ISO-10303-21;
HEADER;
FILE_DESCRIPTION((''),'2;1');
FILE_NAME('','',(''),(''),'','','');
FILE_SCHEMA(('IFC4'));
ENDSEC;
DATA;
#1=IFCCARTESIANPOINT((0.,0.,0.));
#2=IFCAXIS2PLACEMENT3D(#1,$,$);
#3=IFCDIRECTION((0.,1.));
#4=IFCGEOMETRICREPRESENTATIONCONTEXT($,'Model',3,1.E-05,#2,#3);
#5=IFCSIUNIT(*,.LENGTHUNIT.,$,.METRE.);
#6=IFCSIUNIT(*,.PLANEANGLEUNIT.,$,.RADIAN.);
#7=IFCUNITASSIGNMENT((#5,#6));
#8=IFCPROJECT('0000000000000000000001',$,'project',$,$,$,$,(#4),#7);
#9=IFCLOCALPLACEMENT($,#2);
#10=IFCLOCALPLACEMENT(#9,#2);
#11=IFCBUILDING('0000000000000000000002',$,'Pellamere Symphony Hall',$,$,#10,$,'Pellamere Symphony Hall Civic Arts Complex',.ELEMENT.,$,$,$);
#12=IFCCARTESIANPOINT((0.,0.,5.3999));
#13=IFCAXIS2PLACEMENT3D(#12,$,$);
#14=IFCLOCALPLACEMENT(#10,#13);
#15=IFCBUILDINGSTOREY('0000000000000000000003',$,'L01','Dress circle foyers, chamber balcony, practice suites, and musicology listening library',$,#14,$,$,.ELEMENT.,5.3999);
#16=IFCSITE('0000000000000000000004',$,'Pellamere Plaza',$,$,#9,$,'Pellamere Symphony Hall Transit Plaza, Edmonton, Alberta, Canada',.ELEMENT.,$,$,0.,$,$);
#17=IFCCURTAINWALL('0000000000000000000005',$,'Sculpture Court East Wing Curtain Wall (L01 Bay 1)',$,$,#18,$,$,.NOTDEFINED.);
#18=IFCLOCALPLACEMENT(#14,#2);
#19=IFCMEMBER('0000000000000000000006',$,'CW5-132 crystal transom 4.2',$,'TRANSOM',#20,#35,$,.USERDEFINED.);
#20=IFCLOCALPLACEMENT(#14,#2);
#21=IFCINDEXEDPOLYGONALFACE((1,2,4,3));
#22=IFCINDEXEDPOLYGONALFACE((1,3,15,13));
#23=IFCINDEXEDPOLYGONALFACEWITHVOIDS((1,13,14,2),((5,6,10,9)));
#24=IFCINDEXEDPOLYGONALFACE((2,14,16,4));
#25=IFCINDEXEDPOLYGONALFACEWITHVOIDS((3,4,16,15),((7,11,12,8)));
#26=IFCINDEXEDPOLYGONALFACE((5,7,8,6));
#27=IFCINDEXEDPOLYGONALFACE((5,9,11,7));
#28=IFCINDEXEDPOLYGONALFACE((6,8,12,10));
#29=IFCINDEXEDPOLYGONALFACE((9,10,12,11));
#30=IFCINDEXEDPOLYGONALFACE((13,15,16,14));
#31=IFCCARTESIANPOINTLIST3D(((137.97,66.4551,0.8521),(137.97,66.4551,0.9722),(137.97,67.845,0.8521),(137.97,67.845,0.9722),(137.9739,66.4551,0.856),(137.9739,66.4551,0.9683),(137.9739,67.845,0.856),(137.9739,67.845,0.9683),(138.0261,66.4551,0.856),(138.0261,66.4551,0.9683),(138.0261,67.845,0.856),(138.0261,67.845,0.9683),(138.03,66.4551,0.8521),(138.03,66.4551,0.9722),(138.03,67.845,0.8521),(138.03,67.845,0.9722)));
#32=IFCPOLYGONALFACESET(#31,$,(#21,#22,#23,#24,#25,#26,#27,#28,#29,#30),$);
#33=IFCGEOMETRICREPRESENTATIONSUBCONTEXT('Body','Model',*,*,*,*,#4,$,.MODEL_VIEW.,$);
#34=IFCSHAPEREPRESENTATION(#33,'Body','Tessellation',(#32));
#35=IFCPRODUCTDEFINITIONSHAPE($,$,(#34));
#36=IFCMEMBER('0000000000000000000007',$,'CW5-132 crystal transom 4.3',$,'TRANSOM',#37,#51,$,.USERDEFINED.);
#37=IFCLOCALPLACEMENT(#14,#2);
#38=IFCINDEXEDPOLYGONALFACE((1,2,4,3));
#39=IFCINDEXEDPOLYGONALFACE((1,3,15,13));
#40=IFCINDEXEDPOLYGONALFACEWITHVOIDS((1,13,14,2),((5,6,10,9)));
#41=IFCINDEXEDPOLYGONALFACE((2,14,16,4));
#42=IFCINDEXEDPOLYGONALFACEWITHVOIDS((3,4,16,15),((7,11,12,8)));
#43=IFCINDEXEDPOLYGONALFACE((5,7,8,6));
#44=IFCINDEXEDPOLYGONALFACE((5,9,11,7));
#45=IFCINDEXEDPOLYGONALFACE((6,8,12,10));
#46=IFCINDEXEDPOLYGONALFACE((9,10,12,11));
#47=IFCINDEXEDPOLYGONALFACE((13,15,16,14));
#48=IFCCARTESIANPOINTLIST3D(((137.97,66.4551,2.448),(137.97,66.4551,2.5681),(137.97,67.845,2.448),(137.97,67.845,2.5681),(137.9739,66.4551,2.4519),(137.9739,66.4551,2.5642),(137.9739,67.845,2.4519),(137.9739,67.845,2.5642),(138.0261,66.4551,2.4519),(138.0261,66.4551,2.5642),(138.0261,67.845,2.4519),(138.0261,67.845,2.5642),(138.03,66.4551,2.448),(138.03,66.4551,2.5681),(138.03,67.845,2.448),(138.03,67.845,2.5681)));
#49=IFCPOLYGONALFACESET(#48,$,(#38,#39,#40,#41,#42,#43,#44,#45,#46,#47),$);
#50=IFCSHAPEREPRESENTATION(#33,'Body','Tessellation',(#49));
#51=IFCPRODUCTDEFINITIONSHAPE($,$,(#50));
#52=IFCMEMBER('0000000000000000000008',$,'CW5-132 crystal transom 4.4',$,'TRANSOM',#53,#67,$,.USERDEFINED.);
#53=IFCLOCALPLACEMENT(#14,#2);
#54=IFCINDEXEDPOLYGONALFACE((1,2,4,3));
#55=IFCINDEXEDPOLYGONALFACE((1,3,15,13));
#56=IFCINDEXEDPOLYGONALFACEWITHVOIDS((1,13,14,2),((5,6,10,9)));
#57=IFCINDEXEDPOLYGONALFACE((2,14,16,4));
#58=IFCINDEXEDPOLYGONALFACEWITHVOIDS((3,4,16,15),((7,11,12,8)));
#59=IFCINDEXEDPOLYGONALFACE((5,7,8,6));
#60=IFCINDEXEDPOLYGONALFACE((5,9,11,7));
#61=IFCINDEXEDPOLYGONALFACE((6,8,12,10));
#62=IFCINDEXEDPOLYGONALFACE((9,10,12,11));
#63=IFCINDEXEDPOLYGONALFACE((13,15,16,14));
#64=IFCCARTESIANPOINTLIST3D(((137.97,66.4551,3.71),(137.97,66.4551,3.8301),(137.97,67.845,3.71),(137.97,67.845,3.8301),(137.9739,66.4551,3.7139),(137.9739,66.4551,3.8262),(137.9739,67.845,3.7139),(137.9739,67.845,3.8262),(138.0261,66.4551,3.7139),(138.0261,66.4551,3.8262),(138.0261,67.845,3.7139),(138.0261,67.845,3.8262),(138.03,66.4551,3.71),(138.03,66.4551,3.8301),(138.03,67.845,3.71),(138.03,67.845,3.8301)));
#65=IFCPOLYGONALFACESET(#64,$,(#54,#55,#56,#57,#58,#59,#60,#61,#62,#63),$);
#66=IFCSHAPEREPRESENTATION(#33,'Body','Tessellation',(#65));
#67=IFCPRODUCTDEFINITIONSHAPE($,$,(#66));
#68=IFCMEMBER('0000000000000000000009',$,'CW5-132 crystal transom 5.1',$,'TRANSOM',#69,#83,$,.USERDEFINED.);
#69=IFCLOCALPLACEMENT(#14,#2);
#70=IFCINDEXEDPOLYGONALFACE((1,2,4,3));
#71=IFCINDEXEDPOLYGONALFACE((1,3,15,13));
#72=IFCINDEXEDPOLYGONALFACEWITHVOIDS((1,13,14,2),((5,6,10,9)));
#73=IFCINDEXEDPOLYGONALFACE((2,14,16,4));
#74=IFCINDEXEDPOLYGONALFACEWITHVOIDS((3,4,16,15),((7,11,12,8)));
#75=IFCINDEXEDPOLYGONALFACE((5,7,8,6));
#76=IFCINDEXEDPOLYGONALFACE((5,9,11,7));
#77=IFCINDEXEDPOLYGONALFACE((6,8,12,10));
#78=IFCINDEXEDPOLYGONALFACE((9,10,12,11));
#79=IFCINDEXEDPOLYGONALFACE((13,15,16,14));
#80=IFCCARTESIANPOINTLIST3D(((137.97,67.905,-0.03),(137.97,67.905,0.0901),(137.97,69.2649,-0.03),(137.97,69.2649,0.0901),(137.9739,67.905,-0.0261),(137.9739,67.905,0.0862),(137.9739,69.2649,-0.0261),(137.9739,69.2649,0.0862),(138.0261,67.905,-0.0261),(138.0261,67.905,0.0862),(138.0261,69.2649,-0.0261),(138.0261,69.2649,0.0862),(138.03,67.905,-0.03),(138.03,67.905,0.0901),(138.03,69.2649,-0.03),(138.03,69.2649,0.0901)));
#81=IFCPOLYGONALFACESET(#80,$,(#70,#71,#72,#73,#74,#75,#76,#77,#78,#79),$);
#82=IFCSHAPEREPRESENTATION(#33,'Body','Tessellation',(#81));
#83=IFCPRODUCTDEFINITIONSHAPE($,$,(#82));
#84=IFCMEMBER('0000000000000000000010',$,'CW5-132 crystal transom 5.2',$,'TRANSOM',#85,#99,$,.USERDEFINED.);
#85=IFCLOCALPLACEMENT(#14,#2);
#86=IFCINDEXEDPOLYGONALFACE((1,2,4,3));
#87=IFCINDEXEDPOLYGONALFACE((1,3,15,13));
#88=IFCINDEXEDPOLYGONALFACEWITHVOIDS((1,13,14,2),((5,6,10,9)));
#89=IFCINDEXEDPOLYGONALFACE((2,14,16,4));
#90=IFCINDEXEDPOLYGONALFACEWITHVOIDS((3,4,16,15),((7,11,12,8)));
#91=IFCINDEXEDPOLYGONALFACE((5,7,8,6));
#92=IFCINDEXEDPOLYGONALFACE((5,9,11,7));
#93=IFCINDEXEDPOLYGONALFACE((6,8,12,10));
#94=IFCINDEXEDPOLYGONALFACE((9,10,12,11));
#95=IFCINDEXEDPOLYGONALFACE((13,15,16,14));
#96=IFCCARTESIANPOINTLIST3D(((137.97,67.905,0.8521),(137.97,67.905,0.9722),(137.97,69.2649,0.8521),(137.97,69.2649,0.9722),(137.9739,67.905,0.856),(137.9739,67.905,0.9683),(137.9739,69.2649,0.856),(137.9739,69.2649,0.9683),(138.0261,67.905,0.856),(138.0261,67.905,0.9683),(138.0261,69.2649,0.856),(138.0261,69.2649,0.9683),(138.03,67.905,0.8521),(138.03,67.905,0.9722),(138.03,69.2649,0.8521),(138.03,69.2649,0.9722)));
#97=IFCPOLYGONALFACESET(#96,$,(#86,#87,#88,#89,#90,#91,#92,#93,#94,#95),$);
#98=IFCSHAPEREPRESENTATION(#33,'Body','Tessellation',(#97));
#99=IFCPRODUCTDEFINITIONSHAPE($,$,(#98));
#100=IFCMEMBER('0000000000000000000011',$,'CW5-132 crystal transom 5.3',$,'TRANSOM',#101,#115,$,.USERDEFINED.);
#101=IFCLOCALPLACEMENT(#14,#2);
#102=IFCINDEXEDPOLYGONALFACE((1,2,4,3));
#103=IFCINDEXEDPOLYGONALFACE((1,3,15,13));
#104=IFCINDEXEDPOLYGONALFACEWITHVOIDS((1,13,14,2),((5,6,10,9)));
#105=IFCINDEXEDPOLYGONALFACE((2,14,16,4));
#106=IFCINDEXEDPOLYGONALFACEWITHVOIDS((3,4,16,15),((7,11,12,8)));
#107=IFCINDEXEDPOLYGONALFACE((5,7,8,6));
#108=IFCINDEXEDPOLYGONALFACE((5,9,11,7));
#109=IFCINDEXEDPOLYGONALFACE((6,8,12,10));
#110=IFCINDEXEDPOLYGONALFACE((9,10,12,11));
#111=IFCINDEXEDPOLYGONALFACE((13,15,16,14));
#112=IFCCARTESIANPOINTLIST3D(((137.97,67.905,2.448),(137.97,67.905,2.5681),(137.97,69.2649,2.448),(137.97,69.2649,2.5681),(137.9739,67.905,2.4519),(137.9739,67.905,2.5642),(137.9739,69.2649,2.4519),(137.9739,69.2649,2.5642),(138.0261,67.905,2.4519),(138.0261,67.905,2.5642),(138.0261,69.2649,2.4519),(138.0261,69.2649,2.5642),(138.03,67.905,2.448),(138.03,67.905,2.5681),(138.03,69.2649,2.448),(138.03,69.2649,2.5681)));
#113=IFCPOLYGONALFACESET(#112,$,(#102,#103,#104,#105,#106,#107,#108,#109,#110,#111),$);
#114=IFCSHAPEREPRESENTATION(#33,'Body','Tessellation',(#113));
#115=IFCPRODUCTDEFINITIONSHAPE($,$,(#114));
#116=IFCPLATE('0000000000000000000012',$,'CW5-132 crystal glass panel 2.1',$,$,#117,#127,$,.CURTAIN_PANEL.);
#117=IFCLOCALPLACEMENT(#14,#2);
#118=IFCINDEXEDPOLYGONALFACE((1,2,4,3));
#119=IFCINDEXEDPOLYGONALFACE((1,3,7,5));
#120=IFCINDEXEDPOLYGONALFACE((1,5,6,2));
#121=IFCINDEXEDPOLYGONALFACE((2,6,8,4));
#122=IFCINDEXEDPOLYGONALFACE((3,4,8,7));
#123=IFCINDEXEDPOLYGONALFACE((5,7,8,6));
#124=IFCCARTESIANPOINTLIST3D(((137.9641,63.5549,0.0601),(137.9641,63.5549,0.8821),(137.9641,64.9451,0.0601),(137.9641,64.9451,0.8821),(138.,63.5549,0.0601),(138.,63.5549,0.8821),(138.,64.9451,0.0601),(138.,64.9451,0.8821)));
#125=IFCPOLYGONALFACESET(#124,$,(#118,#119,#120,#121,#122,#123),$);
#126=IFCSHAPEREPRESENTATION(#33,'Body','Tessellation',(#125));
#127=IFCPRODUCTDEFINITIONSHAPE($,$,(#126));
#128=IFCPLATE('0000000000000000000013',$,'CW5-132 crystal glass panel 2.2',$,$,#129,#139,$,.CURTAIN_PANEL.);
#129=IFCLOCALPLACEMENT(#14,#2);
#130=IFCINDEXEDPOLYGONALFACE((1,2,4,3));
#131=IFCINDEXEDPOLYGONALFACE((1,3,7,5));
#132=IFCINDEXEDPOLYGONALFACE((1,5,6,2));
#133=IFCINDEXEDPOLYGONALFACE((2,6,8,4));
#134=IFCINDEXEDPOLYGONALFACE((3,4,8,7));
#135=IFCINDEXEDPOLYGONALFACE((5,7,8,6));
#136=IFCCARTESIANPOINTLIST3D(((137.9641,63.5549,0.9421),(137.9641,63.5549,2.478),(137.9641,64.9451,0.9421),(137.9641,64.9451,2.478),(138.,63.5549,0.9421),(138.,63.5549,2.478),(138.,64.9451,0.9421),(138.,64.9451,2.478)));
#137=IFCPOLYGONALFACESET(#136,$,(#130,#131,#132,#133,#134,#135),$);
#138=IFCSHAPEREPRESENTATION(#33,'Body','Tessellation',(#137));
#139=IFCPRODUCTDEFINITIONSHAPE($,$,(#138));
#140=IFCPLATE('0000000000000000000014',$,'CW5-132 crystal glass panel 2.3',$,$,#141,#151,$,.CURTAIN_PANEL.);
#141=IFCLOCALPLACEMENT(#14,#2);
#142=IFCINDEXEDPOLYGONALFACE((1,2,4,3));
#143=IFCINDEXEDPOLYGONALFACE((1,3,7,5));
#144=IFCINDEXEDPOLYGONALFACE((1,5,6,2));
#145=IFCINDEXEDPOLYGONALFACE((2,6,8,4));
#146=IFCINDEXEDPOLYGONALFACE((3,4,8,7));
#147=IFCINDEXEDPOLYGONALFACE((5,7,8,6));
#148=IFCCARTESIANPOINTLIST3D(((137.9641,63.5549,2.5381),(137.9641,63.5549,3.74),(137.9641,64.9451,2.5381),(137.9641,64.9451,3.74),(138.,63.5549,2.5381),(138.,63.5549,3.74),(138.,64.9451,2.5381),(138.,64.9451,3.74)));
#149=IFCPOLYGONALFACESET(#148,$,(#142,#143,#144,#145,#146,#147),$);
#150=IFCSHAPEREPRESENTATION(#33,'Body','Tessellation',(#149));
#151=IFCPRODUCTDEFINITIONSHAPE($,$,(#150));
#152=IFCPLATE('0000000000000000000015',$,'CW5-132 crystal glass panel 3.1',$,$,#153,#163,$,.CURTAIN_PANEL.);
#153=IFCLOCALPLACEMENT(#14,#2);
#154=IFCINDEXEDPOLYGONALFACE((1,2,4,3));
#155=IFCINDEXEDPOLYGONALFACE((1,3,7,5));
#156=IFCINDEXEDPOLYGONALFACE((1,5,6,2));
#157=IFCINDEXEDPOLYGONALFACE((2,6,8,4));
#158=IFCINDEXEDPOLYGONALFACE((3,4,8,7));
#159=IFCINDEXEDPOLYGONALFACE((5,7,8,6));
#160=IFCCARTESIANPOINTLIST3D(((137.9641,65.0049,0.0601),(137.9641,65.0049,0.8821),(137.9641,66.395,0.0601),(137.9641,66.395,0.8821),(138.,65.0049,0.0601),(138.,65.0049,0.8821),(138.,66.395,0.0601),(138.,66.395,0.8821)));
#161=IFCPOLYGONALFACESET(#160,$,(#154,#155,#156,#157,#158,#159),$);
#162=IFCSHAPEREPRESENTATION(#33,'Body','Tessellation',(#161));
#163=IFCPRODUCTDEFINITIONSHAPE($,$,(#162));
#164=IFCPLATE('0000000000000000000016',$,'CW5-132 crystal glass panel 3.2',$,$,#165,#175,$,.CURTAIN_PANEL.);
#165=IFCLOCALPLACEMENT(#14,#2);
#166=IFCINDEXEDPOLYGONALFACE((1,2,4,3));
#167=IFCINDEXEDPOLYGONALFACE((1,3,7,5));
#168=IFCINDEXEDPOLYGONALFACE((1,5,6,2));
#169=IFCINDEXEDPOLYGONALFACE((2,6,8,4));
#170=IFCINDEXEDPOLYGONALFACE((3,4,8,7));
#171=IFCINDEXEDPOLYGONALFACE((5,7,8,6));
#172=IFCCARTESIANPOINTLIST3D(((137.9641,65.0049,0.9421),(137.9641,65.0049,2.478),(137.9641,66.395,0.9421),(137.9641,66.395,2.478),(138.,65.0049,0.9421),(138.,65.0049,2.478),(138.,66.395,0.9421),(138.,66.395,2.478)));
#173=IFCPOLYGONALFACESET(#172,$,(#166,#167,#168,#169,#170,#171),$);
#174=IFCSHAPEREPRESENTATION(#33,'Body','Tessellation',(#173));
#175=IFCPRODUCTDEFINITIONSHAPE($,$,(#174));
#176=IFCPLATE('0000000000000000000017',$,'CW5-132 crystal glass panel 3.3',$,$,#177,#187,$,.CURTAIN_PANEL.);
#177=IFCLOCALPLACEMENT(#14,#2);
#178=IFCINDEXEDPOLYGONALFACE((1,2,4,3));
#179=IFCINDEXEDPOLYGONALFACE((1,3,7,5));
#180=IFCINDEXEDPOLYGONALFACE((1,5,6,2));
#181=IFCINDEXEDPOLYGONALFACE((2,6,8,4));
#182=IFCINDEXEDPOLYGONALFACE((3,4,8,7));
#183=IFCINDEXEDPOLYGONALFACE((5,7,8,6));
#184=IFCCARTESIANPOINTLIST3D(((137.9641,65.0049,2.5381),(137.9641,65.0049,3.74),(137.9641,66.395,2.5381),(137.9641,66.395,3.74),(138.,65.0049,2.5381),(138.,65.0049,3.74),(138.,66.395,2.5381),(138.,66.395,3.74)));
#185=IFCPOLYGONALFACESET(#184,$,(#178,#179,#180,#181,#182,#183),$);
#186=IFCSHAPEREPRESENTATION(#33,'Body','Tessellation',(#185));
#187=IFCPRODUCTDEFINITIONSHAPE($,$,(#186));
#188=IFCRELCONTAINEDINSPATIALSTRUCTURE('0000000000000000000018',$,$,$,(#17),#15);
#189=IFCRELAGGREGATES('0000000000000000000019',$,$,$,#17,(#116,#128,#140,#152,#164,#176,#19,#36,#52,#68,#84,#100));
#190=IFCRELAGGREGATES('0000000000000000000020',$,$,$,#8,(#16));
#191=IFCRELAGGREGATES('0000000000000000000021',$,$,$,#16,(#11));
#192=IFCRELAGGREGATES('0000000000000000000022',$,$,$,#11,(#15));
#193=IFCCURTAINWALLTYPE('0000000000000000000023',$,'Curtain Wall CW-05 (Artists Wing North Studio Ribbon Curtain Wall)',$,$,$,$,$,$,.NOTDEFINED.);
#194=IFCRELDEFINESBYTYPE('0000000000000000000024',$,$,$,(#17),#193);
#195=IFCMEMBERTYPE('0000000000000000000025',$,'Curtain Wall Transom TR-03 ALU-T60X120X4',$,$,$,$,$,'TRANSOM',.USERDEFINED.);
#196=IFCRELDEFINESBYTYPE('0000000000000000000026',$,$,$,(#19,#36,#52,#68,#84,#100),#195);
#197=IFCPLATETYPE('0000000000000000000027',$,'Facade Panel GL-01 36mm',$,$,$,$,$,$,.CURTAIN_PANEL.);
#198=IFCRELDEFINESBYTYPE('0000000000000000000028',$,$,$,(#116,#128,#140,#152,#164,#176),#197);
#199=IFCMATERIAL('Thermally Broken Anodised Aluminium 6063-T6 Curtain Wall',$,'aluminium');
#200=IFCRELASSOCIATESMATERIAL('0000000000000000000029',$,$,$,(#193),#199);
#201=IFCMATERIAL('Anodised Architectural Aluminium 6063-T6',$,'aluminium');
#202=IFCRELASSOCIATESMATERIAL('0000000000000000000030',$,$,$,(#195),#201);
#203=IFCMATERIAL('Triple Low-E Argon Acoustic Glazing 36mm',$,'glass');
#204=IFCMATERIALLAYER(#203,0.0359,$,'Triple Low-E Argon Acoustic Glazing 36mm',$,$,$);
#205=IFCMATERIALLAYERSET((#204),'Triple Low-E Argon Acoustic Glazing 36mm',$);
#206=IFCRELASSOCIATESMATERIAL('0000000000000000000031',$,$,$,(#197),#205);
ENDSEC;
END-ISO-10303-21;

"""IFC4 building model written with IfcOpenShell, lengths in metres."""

from ifc_helpers import new_model, si_unit, direction, frame, origin, origin_2d, place, context, subcontext, project, spatial, polyline, hollow_rectangle, outline, extrude, material, layer, layer_set, material_profile, profile_set, type_object, element, aggregate, save


model = new_model("IFC4")

# Units and contexts
model_context = context("Model", 3, precision=1e-05, world=origin(), true_north=direction((0.0, 1.0)))
body_context = subcontext(model_context, "Body", "Model", "MODEL_VIEW")
ifc_project = project(units=[si_unit("LENGTHUNIT", "METRE"), si_unit("PLANEANGLEUNIT", "RADIAN")], contexts=[model_context])

# Site, building, storey
site_placement = place(None, origin())
site = spatial("IfcSite", under=ifc_project, at=site_placement, Name="Pellamere Plaza", LongName="Pellamere Symphony Hall Transit Plaza, Edmonton, Alberta, Canada", CompositionType="ELEMENT", RefElevation=0.0)
building_placement = place(site_placement, origin())
building = spatial("IfcBuilding", under=site, at=building_placement, Name="Pellamere Symphony Hall", LongName="Pellamere Symphony Hall Civic Arts Complex", CompositionType="ELEMENT")
storey_placement = place(building_placement, frame((0.0, 0.0, 5.3999)))
storey = spatial("IfcBuildingStorey", under=building, at=storey_placement, Name="L01", Description="Dress circle foyers, chamber balcony, practice suites, and musicology listening library", CompositionType="ELEMENT", Elevation=5.3999)

# Curtain wall
ifc_material_1 = material(Name="Thermally Broken Anodised Aluminium 6063-T6 Curtain Wall", Category="aluminium")
curtain_wall_type_1 = type_object("IfcCurtainWallType", Name="Curtain Wall CW-05 (Artists Wing North Studio Ribbon Curtain Wall)", PredefinedType="NOTDEFINED", material=ifc_material_1)
curtain_wall_1_placement = place(storey_placement, origin())
curtain_wall_1 = element("IfcCurtainWall", 1, at=curtain_wall_1_placement, inside=storey, type_object=curtain_wall_type_1, Name="Sculpture Court East Wing Curtain Wall (L01 Bay 1)", PredefinedType="NOTDEFINED")
ifc_material_2 = material(Name="Anodised Architectural Aluminium 6063-T6", Category="aluminium")

# Members
ifc_material_profile_1 = material_profile(ifc_material_2, hollow_rectangle(XDim=0.0601, YDim=0.1201, WallThickness=0.0039, at=origin_2d()), Name="ALU-T60X120X4")
ifc_profile_set_1 = profile_set([ifc_material_profile_1], Name="Anodised Architectural Aluminium 6063-T6")
member_type_1 = type_object("IfcMemberType", Name="Curtain Wall Transom TR-03 ALU-T60X120X4", ElementType="TRANSOM", PredefinedType="USERDEFINED", material=ifc_profile_set_1)
member_1_placement = place(storey_placement, frame((138.0, 66.4551, 0.9121), z_axis=(0.0, 1.0, 0.0), x_axis=(-1.0, 0.0, 0.0)))
member_1 = element("IfcMember", 2, at=member_1_placement, type_object=member_type_1, Name="CW5-132 crystal transom 4.2", ObjectType="TRANSOM", PredefinedType="USERDEFINED", context=body_context, shape_type="SweptSolid", body=[
    extrude(hollow_rectangle(XDim=0.0601, YDim=0.1201, WallThickness=0.0039, at=origin_2d()), origin(), (0.0, 0.0, 1.0), 1.3899),
])
member_2_placement = place(storey_placement, frame((138.0, 66.4551, 2.5081), z_axis=(0.0, 1.0, 0.0), x_axis=(-1.0, 0.0, 0.0)))
member_2 = element("IfcMember", 3, at=member_2_placement, type_object=member_type_1, Name="CW5-132 crystal transom 4.3", ObjectType="TRANSOM", PredefinedType="USERDEFINED", context=body_context, shape_type="SweptSolid", body=[
    extrude(hollow_rectangle(XDim=0.0601, YDim=0.1201, WallThickness=0.0039, at=origin_2d()), origin(), (0.0, 0.0, 1.0), 1.3899),
])
member_3_placement = place(storey_placement, frame((138.0, 66.4551, 3.77), z_axis=(0.0, 1.0, 0.0), x_axis=(-1.0, 0.0, 0.0)))
member_3 = element("IfcMember", 4, at=member_3_placement, type_object=member_type_1, Name="CW5-132 crystal transom 4.4", ObjectType="TRANSOM", PredefinedType="USERDEFINED", context=body_context, shape_type="SweptSolid", body=[
    extrude(hollow_rectangle(XDim=0.0601, YDim=0.1201, WallThickness=0.0039, at=origin_2d()), origin(), (0.0, 0.0, 1.0), 1.3899),
])
member_4_placement = place(storey_placement, frame((138.0, 67.905, 0.03), z_axis=(0.0, 1.0, 0.0), x_axis=(-1.0, 0.0, 0.0)))
member_4 = element("IfcMember", 5, at=member_4_placement, type_object=member_type_1, Name="CW5-132 crystal transom 5.1", ObjectType="TRANSOM", PredefinedType="USERDEFINED", context=body_context, shape_type="SweptSolid", body=[
    extrude(hollow_rectangle(XDim=0.0601, YDim=0.1201, WallThickness=0.0039, at=origin_2d()), origin(), (0.0, 0.0, 1.0), 1.3599),
])
member_5_placement = place(storey_placement, frame((138.0, 67.905, 0.9121), z_axis=(0.0, 1.0, 0.0), x_axis=(-1.0, 0.0, 0.0)))
member_5 = element("IfcMember", 6, at=member_5_placement, type_object=member_type_1, Name="CW5-132 crystal transom 5.2", ObjectType="TRANSOM", PredefinedType="USERDEFINED", context=body_context, shape_type="SweptSolid", body=[
    extrude(hollow_rectangle(XDim=0.0601, YDim=0.1201, WallThickness=0.0039, at=origin_2d()), origin(), (0.0, 0.0, 1.0), 1.3599),
])
member_6_placement = place(storey_placement, frame((138.0, 67.905, 2.5081), z_axis=(0.0, 1.0, 0.0), x_axis=(-1.0, 0.0, 0.0)))
member_6 = element("IfcMember", 7, at=member_6_placement, type_object=member_type_1, Name="CW5-132 crystal transom 5.3", ObjectType="TRANSOM", PredefinedType="USERDEFINED", context=body_context, shape_type="SweptSolid", body=[
    extrude(hollow_rectangle(XDim=0.0601, YDim=0.1201, WallThickness=0.0039, at=origin_2d()), origin(), (0.0, 0.0, 1.0), 1.3599),
])

# Plates
ifc_material_3 = material(Name="Triple Low-E Argon Acoustic Glazing 36mm", Category="glass")
ifc_layer_1 = layer(ifc_material_3, 0.0359, Name="Triple Low-E Argon Acoustic Glazing 36mm")
ifc_layer_set_1 = layer_set([ifc_layer_1], Name="Triple Low-E Argon Acoustic Glazing 36mm")
plate_type_1 = type_object("IfcPlateType", Name="Facade Panel GL-01 36mm", PredefinedType="CURTAIN_PANEL", material=ifc_layer_set_1)
plate_1_placement = place(storey_placement, frame((138.0, 63.5549, 0.0601), z_axis=(1.0, 0.0, 0.0), x_axis=(0.0, 1.0, 0.0)))
plate_1 = element("IfcPlate", 8, at=plate_1_placement, type_object=plate_type_1, Name="CW5-132 crystal glass panel 2.1", PredefinedType="CURTAIN_PANEL", context=body_context, shape_type="SweptSolid", body=[
    extrude(outline(polyline([(0.0, 0.0), (1.3901, 0.0), (1.3901, 0.822), (0.0, 0.822), (0.0, 0.0)])), origin(), (0.0, 0.0, -1.0), 0.0359),
])
plate_2_placement = place(storey_placement, frame((138.0, 63.5549, 0.9421), z_axis=(1.0, 0.0, 0.0), x_axis=(0.0, 1.0, 0.0)))
plate_2 = element("IfcPlate", 9, at=plate_2_placement, type_object=plate_type_1, Name="CW5-132 crystal glass panel 2.2", PredefinedType="CURTAIN_PANEL", context=body_context, shape_type="SweptSolid", body=[
    extrude(outline(polyline([(0.0, 0.0), (1.3901, 0.0), (1.3901, 1.5359), (0.0, 1.5359), (0.0, 0.0)])), origin(), (0.0, 0.0, -1.0), 0.0359),
])
plate_3_placement = place(storey_placement, frame((138.0, 63.5549, 2.5381), z_axis=(1.0, 0.0, 0.0), x_axis=(0.0, 1.0, 0.0)))
plate_3 = element("IfcPlate", 10, at=plate_3_placement, type_object=plate_type_1, Name="CW5-132 crystal glass panel 2.3", PredefinedType="CURTAIN_PANEL", context=body_context, shape_type="SweptSolid", body=[
    extrude(outline(polyline([(0.0, 0.0), (1.3901, 0.0), (1.3901, 1.2019), (0.0, 1.2019), (0.0, 0.0)])), origin(), (0.0, 0.0, -1.0), 0.0359),
])
plate_4_placement = place(storey_placement, frame((138.0, 65.0049, 0.0601), z_axis=(1.0, 0.0, 0.0), x_axis=(0.0, 1.0, 0.0)))
plate_4 = element("IfcPlate", 11, at=plate_4_placement, type_object=plate_type_1, Name="CW5-132 crystal glass panel 3.1", PredefinedType="CURTAIN_PANEL", context=body_context, shape_type="SweptSolid", body=[
    extrude(outline(polyline([(0.0, 0.0), (1.3901, 0.0), (1.3901, 0.822), (0.0, 0.822), (0.0, 0.0)])), origin(), (0.0, 0.0, -1.0), 0.0359),
])
plate_5_placement = place(storey_placement, frame((138.0, 65.0049, 0.9421), z_axis=(1.0, 0.0, 0.0), x_axis=(0.0, 1.0, 0.0)))
plate_5 = element("IfcPlate", 12, at=plate_5_placement, type_object=plate_type_1, Name="CW5-132 crystal glass panel 3.2", PredefinedType="CURTAIN_PANEL", context=body_context, shape_type="SweptSolid", body=[
    extrude(outline(polyline([(0.0, 0.0), (1.3901, 0.0), (1.3901, 1.5359), (0.0, 1.5359), (0.0, 0.0)])), origin(), (0.0, 0.0, -1.0), 0.0359),
])
plate_6_placement = place(storey_placement, frame((138.0, 65.0049, 2.5381), z_axis=(1.0, 0.0, 0.0), x_axis=(0.0, 1.0, 0.0)))
plate_6 = element("IfcPlate", 13, at=plate_6_placement, type_object=plate_type_1, Name="CW5-132 crystal glass panel 3.3", PredefinedType="CURTAIN_PANEL", context=body_context, shape_type="SweptSolid", body=[
    extrude(outline(polyline([(0.0, 0.0), (1.3901, 0.0), (1.3901, 1.2019), (0.0, 1.2019), (0.0, 0.0)])), origin(), (0.0, 0.0, -1.0), 0.0359),
])
aggregate(curtain_wall_1, [plate_1, plate_2, plate_3, plate_4, plate_5, plate_6, member_1, member_2, member_3, member_4, member_5, member_6])

save(model, "model.ifc")
